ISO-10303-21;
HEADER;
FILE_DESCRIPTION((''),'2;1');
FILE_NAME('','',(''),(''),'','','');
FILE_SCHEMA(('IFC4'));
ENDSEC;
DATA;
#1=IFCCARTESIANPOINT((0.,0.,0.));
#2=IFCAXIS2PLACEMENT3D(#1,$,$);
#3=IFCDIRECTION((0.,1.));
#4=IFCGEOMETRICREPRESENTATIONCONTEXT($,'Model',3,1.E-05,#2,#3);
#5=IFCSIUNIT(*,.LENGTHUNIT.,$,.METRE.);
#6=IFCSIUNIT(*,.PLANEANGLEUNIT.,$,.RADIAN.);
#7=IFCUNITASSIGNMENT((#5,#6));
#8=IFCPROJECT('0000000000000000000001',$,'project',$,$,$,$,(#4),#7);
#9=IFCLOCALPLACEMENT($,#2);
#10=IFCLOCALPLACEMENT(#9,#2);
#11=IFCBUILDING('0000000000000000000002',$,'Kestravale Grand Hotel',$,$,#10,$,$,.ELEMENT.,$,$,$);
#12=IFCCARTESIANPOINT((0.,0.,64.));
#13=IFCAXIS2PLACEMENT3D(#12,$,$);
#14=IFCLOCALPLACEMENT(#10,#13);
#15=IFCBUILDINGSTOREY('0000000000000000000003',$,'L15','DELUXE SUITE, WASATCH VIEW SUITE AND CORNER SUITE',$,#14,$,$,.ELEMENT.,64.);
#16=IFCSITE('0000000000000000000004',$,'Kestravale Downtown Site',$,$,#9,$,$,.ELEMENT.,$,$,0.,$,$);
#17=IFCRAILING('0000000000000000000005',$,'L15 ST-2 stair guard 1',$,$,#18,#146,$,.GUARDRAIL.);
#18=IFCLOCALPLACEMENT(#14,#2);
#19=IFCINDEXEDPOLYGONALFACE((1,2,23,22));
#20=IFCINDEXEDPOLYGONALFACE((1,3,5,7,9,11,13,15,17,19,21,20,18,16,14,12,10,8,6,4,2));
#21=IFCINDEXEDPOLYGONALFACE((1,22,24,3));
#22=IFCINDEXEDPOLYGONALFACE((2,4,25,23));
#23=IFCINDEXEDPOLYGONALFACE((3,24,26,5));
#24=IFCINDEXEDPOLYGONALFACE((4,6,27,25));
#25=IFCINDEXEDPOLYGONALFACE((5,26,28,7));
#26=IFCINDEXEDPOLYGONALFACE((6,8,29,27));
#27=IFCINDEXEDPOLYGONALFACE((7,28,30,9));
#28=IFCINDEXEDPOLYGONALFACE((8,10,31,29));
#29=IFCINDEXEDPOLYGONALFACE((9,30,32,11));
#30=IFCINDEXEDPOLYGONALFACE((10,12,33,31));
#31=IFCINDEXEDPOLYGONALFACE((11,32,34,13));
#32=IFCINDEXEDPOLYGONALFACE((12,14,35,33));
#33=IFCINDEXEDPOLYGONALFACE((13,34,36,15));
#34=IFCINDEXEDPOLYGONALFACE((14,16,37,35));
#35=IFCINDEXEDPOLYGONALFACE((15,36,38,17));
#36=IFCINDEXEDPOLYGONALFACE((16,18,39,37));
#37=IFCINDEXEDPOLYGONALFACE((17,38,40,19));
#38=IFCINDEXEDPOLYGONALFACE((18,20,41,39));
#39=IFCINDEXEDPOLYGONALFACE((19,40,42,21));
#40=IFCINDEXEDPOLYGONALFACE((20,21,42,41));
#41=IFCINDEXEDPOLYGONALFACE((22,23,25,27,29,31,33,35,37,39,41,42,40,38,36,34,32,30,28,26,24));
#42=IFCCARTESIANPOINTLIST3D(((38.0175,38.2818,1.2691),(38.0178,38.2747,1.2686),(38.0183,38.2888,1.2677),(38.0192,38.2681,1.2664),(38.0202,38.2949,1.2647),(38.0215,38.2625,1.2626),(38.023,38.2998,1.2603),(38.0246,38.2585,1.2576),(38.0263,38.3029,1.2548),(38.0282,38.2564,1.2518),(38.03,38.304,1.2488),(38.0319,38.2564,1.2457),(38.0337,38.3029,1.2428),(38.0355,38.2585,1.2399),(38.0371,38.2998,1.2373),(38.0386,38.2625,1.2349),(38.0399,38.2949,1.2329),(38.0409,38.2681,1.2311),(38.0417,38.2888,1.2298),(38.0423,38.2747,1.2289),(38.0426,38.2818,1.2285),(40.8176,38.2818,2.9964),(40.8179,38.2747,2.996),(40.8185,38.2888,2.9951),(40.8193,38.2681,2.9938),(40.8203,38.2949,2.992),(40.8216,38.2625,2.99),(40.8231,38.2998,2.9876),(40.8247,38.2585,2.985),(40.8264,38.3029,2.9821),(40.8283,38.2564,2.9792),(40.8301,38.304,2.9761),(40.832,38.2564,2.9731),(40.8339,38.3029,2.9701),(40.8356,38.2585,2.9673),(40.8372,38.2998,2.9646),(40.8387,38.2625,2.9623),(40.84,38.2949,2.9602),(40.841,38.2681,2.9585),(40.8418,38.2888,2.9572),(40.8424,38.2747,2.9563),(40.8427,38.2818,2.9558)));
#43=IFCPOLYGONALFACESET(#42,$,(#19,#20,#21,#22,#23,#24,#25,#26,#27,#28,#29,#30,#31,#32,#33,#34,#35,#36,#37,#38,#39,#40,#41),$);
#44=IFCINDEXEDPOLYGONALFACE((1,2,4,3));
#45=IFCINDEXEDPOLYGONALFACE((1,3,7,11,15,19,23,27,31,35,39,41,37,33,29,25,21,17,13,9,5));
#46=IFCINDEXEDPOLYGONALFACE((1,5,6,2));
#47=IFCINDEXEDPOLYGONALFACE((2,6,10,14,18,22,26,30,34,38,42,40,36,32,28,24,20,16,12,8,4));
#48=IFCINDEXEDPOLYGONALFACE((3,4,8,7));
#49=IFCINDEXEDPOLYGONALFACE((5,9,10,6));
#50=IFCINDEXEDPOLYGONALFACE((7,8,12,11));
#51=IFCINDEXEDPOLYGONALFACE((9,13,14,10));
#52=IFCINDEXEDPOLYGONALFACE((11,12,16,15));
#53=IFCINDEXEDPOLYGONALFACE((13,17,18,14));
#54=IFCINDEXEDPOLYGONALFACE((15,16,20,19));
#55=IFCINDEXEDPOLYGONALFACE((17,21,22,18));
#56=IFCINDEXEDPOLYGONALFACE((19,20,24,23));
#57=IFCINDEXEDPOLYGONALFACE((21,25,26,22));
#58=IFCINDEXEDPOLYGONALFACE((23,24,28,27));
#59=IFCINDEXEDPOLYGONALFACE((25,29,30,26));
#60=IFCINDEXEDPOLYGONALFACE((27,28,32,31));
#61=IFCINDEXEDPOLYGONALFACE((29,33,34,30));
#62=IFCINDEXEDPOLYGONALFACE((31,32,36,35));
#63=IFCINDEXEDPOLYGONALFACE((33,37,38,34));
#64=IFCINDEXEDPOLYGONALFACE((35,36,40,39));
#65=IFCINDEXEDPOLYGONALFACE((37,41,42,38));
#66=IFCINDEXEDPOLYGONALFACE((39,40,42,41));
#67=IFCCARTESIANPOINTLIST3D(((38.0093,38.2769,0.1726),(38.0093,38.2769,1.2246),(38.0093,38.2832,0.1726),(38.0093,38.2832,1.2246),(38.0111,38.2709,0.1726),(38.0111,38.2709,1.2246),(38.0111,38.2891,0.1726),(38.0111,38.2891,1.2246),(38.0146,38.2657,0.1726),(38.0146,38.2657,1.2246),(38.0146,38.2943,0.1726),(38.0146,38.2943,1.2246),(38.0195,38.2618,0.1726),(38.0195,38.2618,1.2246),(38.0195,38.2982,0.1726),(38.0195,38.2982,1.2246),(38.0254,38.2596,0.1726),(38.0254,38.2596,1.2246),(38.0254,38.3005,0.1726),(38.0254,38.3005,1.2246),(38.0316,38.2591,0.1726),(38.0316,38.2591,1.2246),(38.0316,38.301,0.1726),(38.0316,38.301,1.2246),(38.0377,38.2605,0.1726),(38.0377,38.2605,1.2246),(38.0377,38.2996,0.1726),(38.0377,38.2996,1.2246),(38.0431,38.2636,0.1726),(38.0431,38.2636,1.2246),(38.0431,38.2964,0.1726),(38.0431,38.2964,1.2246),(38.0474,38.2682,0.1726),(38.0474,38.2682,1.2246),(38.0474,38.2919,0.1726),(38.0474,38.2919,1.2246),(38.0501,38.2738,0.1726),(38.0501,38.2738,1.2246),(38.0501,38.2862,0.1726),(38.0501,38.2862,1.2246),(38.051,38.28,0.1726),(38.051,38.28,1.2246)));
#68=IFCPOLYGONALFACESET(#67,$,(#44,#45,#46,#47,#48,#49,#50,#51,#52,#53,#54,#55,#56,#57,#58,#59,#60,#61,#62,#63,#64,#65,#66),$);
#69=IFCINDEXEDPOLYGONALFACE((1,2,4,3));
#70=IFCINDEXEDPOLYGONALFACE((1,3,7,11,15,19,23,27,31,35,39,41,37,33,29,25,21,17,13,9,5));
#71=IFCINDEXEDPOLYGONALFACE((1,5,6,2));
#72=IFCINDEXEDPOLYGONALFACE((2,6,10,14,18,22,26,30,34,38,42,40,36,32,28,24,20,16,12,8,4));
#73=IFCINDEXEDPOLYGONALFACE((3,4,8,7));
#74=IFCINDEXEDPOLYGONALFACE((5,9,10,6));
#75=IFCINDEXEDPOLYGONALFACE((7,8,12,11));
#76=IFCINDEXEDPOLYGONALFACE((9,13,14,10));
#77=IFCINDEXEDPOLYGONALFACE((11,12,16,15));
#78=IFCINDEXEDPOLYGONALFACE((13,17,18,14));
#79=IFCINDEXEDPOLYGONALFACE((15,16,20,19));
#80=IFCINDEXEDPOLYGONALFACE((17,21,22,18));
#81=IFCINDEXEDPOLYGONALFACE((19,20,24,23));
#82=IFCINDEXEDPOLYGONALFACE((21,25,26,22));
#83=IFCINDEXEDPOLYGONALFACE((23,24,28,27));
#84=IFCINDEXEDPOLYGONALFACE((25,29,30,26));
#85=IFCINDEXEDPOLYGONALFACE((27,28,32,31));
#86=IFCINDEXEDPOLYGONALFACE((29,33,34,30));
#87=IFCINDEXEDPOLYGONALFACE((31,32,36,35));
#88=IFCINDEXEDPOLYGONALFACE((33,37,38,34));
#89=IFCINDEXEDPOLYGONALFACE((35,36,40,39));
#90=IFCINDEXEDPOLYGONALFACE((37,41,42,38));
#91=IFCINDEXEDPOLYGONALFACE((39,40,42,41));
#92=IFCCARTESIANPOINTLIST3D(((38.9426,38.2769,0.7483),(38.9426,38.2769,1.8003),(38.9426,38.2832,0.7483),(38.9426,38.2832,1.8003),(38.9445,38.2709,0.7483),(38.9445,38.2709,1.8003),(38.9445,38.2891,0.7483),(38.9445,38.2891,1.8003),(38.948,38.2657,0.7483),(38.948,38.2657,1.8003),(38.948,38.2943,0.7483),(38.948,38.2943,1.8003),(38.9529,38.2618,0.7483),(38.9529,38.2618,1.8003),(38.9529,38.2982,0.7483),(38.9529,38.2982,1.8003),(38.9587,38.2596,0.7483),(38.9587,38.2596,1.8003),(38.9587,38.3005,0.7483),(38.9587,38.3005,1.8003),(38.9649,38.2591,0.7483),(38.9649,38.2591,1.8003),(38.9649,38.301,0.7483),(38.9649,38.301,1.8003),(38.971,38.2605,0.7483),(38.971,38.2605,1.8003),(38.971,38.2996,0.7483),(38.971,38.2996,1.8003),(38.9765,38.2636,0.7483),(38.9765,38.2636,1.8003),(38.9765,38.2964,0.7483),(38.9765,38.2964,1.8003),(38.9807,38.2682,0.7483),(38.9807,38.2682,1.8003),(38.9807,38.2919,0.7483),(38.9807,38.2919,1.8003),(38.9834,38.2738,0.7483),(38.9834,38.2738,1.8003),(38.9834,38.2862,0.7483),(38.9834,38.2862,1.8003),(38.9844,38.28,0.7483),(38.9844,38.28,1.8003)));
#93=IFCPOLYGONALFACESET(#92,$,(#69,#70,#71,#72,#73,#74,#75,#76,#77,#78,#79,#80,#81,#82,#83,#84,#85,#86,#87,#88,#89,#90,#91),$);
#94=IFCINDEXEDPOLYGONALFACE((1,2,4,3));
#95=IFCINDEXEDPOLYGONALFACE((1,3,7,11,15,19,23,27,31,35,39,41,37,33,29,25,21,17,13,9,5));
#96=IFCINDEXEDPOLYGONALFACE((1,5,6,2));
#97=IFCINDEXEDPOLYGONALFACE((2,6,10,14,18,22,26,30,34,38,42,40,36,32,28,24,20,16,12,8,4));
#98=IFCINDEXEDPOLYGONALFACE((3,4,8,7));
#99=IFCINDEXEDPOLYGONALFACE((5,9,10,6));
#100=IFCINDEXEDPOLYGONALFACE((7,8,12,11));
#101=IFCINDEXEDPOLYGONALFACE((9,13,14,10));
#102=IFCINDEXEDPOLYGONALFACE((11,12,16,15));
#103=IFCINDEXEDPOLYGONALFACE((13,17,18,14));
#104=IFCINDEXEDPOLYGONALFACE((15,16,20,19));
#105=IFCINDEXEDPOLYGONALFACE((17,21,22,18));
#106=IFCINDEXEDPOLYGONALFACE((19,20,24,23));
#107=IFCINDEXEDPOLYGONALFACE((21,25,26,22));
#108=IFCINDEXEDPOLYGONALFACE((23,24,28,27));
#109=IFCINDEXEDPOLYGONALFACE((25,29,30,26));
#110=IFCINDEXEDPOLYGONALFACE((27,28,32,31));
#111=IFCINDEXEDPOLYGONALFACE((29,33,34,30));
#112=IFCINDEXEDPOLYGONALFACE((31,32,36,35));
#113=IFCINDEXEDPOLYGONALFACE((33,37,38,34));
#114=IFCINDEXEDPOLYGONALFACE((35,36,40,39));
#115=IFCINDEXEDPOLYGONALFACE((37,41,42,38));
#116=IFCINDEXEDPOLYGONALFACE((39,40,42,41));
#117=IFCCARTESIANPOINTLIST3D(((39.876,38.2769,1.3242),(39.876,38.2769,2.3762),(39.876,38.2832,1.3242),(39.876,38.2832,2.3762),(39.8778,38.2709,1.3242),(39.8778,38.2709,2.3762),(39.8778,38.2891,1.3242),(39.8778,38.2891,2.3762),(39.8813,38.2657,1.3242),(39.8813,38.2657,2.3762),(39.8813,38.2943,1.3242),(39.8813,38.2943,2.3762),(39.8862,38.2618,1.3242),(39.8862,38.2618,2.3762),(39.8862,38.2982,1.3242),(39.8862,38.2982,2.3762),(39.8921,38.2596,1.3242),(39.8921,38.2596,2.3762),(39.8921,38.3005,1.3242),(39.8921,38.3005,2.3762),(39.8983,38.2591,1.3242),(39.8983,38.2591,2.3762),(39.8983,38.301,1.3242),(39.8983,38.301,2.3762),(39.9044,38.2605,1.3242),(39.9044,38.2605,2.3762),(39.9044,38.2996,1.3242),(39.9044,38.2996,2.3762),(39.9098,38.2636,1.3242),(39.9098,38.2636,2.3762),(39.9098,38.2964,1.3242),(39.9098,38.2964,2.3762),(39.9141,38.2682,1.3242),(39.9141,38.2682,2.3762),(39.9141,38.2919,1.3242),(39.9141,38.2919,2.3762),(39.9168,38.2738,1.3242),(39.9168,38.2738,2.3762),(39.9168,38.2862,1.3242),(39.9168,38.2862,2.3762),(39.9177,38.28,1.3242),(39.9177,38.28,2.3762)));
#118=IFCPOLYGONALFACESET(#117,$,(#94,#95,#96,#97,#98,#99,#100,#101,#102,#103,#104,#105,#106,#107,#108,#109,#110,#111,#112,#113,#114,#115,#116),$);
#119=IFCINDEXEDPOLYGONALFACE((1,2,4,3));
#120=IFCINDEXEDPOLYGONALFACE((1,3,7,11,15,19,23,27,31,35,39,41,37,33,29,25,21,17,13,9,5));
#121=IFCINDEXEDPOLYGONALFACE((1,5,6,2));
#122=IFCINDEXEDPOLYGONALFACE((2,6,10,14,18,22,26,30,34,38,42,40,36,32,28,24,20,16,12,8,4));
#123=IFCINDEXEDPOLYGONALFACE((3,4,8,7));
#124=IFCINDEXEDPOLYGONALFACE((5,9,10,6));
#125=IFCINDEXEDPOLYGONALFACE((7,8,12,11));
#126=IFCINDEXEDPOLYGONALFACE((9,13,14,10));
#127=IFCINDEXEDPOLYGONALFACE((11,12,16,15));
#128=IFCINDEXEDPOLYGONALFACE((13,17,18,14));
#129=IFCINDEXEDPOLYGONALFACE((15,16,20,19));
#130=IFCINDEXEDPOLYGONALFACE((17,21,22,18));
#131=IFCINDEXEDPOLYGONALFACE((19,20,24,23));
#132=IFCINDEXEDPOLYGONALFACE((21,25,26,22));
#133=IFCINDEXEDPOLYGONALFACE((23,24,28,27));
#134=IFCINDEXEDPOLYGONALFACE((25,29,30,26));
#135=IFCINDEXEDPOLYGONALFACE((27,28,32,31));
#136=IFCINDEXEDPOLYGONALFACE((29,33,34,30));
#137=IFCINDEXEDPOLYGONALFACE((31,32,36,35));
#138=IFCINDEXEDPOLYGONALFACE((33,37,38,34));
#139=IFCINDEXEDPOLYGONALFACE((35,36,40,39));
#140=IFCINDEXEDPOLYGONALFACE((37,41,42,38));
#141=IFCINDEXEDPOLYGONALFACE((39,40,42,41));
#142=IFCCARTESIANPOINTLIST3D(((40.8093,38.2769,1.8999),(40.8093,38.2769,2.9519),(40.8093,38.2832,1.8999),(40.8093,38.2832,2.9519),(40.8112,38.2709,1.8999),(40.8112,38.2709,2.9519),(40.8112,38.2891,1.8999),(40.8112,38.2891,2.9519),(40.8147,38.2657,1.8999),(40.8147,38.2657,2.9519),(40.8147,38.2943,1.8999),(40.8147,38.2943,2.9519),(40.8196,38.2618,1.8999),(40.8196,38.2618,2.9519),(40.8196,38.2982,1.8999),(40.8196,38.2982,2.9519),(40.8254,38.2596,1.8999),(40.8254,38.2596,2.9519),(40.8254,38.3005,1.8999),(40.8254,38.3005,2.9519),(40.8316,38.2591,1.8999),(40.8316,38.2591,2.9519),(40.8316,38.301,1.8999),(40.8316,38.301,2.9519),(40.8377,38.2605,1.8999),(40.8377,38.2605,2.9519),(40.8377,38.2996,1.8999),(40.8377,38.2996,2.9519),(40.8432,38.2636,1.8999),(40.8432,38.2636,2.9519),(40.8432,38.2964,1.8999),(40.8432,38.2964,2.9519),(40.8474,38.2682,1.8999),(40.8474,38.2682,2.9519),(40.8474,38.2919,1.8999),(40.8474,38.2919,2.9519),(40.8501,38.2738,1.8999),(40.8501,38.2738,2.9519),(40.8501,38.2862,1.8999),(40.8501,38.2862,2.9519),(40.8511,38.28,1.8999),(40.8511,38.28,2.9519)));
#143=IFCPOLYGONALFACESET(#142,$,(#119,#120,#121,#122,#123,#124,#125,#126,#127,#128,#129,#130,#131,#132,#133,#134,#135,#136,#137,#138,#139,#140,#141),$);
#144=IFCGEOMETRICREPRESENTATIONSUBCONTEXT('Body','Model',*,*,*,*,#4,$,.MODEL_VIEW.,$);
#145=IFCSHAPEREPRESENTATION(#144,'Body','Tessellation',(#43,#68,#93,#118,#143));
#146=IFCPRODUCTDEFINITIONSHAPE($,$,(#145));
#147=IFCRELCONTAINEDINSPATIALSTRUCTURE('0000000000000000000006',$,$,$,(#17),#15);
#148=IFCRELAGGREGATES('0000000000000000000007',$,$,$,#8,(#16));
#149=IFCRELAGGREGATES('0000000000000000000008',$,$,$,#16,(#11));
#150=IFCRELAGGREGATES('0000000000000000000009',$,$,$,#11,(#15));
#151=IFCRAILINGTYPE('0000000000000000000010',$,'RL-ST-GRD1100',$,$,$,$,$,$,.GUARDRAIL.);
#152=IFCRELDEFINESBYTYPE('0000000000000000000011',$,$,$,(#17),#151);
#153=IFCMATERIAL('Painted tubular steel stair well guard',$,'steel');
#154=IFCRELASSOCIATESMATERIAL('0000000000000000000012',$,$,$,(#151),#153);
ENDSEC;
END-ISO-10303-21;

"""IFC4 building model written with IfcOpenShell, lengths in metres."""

from ifc_helpers import new_model, si_unit, direction, frame, origin, origin_2d, place, context, subcontext, project, spatial, circle, extrude, material, type_object, element, save


model = new_model("IFC4")

# Units and contexts
model_context = context("Model", 3, precision=1e-05, world=origin(), true_north=direction((0.0, 1.0)))
body_context = subcontext(model_context, "Body", "Model", "MODEL_VIEW")
ifc_project = project(units=[si_unit("LENGTHUNIT", "METRE"), si_unit("PLANEANGLEUNIT", "RADIAN")], contexts=[model_context])

# Site, building, storey
site_placement = place(None, origin())
site = spatial("IfcSite", under=ifc_project, at=site_placement, Name="Kestravale Downtown Site", CompositionType="ELEMENT", RefElevation=0.0)
building_placement = place(site_placement, origin())
building = spatial("IfcBuilding", under=site, at=building_placement, Name="Kestravale Grand Hotel", CompositionType="ELEMENT")
storey_placement = place(building_placement, frame((0.0, 0.0, 64.0)))
storey = spatial("IfcBuildingStorey", under=building, at=storey_placement, Name="L15", Description="DELUXE SUITE, WASATCH VIEW SUITE AND CORNER SUITE", CompositionType="ELEMENT", Elevation=64.0)

# Railing
ifc_material_1 = material(Name="Painted tubular steel stair well guard", Category="steel")
railing_type_1 = type_object("IfcRailingType", Name="RL-ST-GRD1100", PredefinedType="GUARDRAIL", material=ifc_material_1)
railing_1_placement = place(storey_placement, frame((38.03, 38.28, 0.1726)))
element("IfcRailing", 1, at=railing_1_placement, inside=storey, type_object=railing_type_1, Name="L15 ST-2 stair guard 1", PredefinedType="GUARDRAIL", context=body_context, shape_type="SweptSolid", body=[
    extrude(circle(Radius=0.0239, at=origin_2d()), frame((0.0, 0.0, 1.0762), z_axis=(0.85109, 0.0, 0.52502), x_axis=(0.0, 1.0, 0.0)), (0.0, 0.0, 1.0), 3.29),
    extrude(circle(Radius=0.021, at=origin_2d()), origin(), (0.0, 0.0, 1.0), 1.052),
    extrude(circle(Radius=0.021, at=origin_2d()), frame((0.9333, 0.0, 0.5757)), (0.0, 0.0, 1.0), 1.052),
    extrude(circle(Radius=0.021, at=origin_2d()), frame((1.8667, 0.0, 1.1516)), (0.0, 0.0, 1.0), 1.052),
    extrude(circle(Radius=0.021, at=origin_2d()), frame((2.8, 0.0, 1.7273)), (0.0, 0.0, 1.0), 1.052),
])

save(model, "model.ifc")
